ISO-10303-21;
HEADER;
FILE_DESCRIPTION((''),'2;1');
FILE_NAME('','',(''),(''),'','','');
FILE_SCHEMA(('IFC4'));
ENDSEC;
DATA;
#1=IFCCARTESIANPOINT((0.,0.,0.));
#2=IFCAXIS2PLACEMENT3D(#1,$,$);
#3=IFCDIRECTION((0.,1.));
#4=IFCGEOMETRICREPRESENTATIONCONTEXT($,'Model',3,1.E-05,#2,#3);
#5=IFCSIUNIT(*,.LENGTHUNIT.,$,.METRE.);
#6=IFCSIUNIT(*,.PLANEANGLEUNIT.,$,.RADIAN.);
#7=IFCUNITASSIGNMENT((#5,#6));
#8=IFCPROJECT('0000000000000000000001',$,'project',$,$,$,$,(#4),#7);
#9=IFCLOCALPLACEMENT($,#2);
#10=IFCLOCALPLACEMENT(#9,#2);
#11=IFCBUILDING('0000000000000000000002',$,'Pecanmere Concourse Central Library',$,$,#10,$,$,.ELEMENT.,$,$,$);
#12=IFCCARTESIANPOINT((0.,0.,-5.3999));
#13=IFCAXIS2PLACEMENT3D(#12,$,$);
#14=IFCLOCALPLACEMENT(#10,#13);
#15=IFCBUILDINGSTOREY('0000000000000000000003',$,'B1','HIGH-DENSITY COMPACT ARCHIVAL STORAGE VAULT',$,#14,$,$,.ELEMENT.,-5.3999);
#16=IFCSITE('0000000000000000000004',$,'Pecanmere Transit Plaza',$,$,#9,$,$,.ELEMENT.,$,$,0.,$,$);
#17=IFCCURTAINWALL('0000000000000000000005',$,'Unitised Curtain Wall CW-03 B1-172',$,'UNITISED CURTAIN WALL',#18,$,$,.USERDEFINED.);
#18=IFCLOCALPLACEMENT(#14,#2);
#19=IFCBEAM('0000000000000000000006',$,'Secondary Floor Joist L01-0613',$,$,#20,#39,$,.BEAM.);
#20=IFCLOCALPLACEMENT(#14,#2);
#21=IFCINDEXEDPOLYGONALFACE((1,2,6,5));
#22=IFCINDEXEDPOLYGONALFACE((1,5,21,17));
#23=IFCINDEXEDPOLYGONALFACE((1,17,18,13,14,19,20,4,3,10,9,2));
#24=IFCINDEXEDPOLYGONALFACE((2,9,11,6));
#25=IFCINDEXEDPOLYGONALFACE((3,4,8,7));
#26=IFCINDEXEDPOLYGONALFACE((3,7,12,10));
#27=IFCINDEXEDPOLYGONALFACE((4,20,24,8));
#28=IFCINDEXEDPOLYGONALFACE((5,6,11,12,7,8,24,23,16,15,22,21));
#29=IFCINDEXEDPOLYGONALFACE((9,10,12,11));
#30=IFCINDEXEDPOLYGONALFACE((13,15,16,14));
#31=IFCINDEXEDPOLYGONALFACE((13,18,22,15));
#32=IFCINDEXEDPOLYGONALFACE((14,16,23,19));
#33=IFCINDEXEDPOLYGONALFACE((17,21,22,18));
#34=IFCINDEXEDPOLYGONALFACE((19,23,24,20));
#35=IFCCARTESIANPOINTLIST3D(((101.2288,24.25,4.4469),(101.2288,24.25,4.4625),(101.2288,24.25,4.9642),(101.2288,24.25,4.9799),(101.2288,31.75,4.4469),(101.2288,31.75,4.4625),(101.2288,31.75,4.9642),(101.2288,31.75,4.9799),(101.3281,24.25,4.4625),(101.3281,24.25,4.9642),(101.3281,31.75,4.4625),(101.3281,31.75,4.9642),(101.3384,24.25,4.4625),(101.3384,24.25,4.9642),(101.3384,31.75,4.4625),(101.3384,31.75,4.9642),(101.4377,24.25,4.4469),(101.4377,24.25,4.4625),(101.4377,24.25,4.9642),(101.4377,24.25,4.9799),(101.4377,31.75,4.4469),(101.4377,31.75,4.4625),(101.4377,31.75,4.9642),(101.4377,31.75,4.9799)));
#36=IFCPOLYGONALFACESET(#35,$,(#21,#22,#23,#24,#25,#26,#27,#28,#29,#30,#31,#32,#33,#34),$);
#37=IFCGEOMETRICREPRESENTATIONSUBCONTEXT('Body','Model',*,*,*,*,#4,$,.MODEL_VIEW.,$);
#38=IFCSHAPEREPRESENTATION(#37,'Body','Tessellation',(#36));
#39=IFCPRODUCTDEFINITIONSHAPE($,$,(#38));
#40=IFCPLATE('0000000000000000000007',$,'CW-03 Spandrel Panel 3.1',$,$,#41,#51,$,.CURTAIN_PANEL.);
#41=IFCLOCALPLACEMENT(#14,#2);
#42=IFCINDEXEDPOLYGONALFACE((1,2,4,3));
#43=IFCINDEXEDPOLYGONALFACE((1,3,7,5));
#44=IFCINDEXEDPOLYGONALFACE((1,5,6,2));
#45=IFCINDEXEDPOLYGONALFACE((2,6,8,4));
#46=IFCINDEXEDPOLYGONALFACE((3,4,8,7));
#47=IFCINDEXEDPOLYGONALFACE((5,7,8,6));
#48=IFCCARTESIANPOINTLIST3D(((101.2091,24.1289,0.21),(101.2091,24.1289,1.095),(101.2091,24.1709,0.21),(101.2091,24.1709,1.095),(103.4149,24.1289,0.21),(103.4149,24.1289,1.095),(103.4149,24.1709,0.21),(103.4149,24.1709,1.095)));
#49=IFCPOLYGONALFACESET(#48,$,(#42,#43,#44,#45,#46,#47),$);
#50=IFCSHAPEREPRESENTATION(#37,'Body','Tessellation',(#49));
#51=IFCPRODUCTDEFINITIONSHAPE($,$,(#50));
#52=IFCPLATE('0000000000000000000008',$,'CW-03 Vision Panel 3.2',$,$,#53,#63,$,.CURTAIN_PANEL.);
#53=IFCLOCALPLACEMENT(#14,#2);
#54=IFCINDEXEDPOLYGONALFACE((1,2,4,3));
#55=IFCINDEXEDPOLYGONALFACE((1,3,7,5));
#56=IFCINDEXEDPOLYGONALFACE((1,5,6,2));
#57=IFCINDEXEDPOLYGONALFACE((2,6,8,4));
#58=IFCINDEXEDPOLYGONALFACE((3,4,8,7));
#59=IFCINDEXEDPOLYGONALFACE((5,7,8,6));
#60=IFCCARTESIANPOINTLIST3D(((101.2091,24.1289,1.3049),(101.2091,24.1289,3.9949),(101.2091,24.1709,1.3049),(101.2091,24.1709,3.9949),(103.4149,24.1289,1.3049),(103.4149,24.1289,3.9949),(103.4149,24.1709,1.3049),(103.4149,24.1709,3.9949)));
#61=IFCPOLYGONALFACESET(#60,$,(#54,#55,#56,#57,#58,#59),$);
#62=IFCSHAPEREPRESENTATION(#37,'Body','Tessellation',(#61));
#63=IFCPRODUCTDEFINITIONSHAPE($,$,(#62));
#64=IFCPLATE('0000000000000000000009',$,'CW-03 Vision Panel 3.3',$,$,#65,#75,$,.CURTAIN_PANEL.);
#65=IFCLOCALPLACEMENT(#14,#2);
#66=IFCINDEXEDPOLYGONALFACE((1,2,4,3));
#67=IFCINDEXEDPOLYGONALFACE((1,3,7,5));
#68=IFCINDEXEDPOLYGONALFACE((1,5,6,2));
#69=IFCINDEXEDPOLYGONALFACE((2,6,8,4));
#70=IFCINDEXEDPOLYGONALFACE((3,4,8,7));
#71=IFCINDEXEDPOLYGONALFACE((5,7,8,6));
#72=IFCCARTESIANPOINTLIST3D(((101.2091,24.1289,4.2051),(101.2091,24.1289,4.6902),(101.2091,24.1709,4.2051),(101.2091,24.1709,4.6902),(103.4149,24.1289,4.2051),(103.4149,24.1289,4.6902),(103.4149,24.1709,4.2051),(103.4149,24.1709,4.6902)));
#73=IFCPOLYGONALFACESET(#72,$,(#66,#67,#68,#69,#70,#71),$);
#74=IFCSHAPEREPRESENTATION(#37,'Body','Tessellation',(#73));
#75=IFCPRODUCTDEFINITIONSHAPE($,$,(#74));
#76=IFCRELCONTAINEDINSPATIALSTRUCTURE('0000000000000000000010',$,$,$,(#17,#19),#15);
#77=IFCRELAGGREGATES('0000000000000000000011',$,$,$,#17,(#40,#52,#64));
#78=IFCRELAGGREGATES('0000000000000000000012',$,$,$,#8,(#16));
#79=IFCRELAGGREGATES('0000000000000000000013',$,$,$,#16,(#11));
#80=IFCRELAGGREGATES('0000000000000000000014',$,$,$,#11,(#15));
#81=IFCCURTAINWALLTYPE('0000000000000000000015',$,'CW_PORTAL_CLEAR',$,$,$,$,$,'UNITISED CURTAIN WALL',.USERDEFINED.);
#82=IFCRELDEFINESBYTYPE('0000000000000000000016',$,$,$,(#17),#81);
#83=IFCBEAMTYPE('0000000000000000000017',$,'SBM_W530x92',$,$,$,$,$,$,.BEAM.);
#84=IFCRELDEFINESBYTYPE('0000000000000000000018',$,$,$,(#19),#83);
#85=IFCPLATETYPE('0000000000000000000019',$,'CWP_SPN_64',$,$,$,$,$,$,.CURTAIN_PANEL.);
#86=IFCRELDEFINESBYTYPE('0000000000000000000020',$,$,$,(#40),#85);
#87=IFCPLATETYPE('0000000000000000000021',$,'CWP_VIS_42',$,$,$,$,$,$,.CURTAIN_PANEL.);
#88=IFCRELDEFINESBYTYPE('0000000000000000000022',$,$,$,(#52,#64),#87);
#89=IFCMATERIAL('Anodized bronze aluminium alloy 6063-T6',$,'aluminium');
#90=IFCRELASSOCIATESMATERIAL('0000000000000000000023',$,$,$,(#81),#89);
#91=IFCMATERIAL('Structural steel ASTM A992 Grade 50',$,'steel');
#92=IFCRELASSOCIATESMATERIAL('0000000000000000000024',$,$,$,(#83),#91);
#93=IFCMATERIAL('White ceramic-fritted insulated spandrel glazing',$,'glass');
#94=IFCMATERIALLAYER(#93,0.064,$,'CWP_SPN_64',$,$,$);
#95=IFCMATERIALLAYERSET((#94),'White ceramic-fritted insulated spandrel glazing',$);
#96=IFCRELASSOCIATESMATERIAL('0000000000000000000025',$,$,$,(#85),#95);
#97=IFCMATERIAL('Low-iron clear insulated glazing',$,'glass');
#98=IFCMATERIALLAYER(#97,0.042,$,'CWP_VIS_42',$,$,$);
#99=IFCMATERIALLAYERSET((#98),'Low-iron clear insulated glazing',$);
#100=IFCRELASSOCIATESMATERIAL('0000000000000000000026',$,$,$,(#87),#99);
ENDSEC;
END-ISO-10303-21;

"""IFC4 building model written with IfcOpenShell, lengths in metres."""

from ifc_helpers import new_model, si_unit, direction, frame, origin, origin_2d, place, context, subcontext, project, spatial, rectangle, i_section, extrude, material, layer, layer_set, material_profile, profile_set, type_object, element, aggregate, save


model = new_model("IFC4")

# Units and contexts
model_context = context("Model", 3, precision=1e-05, world=origin(), true_north=direction((0.0, 1.0)))
body_context = subcontext(model_context, "Body", "Model", "MODEL_VIEW")
ifc_project = project(units=[si_unit("LENGTHUNIT", "METRE"), si_unit("PLANEANGLEUNIT", "RADIAN")], contexts=[model_context])

# Site, building, storey
site_placement = place(None, origin())
site = spatial("IfcSite", under=ifc_project, at=site_placement, Name="Pecanmere Transit Plaza", CompositionType="ELEMENT", RefElevation=0.0)
building_placement = place(site_placement, origin())
building = spatial("IfcBuilding", under=site, at=building_placement, Name="Pecanmere Concourse Central Library", CompositionType="ELEMENT")
storey_placement = place(building_placement, frame((0.0, 0.0, -5.3999)))
storey = spatial("IfcBuildingStorey", under=building, at=storey_placement, Name="B1", Description="HIGH-DENSITY COMPACT ARCHIVAL STORAGE VAULT", CompositionType="ELEMENT", Elevation=-5.3999)

# Curtain wall
ifc_material_1 = material(Name="Anodized bronze aluminium alloy 6063-T6", Category="aluminium")
curtain_wall_type = type_object("IfcCurtainWallType", Name="CW_PORTAL_CLEAR", ElementType="UNITISED CURTAIN WALL", PredefinedType="USERDEFINED", material=ifc_material_1)
curtain_wall_placement = place(storey_placement, origin())
curtain_wall = element("IfcCurtainWall", 1, at=curtain_wall_placement, inside=storey, type_object=curtain_wall_type, Name="Unitised Curtain Wall CW-03 B1-172", ObjectType="UNITISED CURTAIN WALL", PredefinedType="USERDEFINED")

# Beam
ifc_material_2 = material(Name="Structural steel ASTM A992 Grade 50", Category="steel")
ifc_material_profile_1 = material_profile(ifc_material_2, i_section(OverallWidth=0.209, OverallDepth=0.533, WebThickness=0.0103, FlangeThickness=0.0156, at=origin_2d()), Name="W530x92")
ifc_profile_set_1 = profile_set([ifc_material_profile_1], Name="Structural steel ASTM A992 Grade 50")
beam_type_1 = type_object("IfcBeamType", Name="SBM_W530x92", PredefinedType="BEAM", material=ifc_profile_set_1)
beam_1_placement = place(storey_placement, frame((101.3333, 24.25, 4.7134), z_axis=(0.0, 1.0, 0.0), x_axis=(-1.0, 0.0, 0.0)))
element("IfcBeam", 2, at=beam_1_placement, inside=storey, type_object=beam_type_1, Name="Secondary Floor Joist L01-0613", PredefinedType="BEAM", context=body_context, shape_type="SweptSolid", body=[
    extrude(i_section(OverallWidth=0.209, OverallDepth=0.533, WebThickness=0.0103, FlangeThickness=0.0156, at=origin_2d()), origin(), (0.0, 0.0, 1.0), 7.5),
])

# Plates
ifc_material_3 = material(Name="White ceramic-fritted insulated spandrel glazing", Category="glass")
ifc_layer_1 = layer(ifc_material_3, 0.064, Name="CWP_SPN_64")
ifc_layer_set_1 = layer_set([ifc_layer_1], Name="White ceramic-fritted insulated spandrel glazing")
plate_type_1 = type_object("IfcPlateType", Name="CWP_SPN_64", PredefinedType="CURTAIN_PANEL", material=ifc_layer_set_1)
plate_1_placement = place(storey_placement, frame((102.312, 24.1499, 0.21), z_axis=(0.0, 0.0, 1.0), x_axis=(1.0, 0.0, 0.0)))
plate_1 = element("IfcPlate", 3, at=plate_1_placement, type_object=plate_type_1, Name="CW-03 Spandrel Panel 3.1", PredefinedType="CURTAIN_PANEL", context=body_context, shape_type="SweptSolid", body=[
    extrude(rectangle(XDim=2.2058, YDim=0.042, at=origin_2d()), origin(), (0.0, 0.0, 1.0), 0.885),
])
ifc_material_4 = material(Name="Low-iron clear insulated glazing", Category="glass")
ifc_layer_2 = layer(ifc_material_4, 0.042, Name="CWP_VIS_42")
ifc_layer_set_2 = layer_set([ifc_layer_2], Name="Low-iron clear insulated glazing")
plate_type_2 = type_object("IfcPlateType", Name="CWP_VIS_42", PredefinedType="CURTAIN_PANEL", material=ifc_layer_set_2)
plate_2_placement = place(storey_placement, frame((102.312, 24.1499, 1.3049), z_axis=(0.0, 0.0, 1.0), x_axis=(1.0, 0.0, 0.0)))
plate_2 = element("IfcPlate", 4, at=plate_2_placement, type_object=plate_type_2, Name="CW-03 Vision Panel 3.2", PredefinedType="CURTAIN_PANEL", context=body_context, shape_type="SweptSolid", body=[
    extrude(rectangle(XDim=2.2058, YDim=0.042, at=origin_2d()), origin(), (0.0, 0.0, 1.0), 2.6899),
])
plate_3_placement = place(storey_placement, frame((102.312, 24.1499, 4.2051), z_axis=(0.0, 0.0, 1.0), x_axis=(1.0, 0.0, 0.0)))
plate_3 = element("IfcPlate", 5, at=plate_3_placement, type_object=plate_type_2, Name="CW-03 Vision Panel 3.3", PredefinedType="CURTAIN_PANEL", context=body_context, shape_type="SweptSolid", body=[
    extrude(rectangle(XDim=2.2058, YDim=0.042, at=origin_2d()), origin(), (0.0, 0.0, 1.0), 0.4851),
])
aggregate(curtain_wall, [plate_1, plate_2, plate_3])

save(model, "model.ifc")
